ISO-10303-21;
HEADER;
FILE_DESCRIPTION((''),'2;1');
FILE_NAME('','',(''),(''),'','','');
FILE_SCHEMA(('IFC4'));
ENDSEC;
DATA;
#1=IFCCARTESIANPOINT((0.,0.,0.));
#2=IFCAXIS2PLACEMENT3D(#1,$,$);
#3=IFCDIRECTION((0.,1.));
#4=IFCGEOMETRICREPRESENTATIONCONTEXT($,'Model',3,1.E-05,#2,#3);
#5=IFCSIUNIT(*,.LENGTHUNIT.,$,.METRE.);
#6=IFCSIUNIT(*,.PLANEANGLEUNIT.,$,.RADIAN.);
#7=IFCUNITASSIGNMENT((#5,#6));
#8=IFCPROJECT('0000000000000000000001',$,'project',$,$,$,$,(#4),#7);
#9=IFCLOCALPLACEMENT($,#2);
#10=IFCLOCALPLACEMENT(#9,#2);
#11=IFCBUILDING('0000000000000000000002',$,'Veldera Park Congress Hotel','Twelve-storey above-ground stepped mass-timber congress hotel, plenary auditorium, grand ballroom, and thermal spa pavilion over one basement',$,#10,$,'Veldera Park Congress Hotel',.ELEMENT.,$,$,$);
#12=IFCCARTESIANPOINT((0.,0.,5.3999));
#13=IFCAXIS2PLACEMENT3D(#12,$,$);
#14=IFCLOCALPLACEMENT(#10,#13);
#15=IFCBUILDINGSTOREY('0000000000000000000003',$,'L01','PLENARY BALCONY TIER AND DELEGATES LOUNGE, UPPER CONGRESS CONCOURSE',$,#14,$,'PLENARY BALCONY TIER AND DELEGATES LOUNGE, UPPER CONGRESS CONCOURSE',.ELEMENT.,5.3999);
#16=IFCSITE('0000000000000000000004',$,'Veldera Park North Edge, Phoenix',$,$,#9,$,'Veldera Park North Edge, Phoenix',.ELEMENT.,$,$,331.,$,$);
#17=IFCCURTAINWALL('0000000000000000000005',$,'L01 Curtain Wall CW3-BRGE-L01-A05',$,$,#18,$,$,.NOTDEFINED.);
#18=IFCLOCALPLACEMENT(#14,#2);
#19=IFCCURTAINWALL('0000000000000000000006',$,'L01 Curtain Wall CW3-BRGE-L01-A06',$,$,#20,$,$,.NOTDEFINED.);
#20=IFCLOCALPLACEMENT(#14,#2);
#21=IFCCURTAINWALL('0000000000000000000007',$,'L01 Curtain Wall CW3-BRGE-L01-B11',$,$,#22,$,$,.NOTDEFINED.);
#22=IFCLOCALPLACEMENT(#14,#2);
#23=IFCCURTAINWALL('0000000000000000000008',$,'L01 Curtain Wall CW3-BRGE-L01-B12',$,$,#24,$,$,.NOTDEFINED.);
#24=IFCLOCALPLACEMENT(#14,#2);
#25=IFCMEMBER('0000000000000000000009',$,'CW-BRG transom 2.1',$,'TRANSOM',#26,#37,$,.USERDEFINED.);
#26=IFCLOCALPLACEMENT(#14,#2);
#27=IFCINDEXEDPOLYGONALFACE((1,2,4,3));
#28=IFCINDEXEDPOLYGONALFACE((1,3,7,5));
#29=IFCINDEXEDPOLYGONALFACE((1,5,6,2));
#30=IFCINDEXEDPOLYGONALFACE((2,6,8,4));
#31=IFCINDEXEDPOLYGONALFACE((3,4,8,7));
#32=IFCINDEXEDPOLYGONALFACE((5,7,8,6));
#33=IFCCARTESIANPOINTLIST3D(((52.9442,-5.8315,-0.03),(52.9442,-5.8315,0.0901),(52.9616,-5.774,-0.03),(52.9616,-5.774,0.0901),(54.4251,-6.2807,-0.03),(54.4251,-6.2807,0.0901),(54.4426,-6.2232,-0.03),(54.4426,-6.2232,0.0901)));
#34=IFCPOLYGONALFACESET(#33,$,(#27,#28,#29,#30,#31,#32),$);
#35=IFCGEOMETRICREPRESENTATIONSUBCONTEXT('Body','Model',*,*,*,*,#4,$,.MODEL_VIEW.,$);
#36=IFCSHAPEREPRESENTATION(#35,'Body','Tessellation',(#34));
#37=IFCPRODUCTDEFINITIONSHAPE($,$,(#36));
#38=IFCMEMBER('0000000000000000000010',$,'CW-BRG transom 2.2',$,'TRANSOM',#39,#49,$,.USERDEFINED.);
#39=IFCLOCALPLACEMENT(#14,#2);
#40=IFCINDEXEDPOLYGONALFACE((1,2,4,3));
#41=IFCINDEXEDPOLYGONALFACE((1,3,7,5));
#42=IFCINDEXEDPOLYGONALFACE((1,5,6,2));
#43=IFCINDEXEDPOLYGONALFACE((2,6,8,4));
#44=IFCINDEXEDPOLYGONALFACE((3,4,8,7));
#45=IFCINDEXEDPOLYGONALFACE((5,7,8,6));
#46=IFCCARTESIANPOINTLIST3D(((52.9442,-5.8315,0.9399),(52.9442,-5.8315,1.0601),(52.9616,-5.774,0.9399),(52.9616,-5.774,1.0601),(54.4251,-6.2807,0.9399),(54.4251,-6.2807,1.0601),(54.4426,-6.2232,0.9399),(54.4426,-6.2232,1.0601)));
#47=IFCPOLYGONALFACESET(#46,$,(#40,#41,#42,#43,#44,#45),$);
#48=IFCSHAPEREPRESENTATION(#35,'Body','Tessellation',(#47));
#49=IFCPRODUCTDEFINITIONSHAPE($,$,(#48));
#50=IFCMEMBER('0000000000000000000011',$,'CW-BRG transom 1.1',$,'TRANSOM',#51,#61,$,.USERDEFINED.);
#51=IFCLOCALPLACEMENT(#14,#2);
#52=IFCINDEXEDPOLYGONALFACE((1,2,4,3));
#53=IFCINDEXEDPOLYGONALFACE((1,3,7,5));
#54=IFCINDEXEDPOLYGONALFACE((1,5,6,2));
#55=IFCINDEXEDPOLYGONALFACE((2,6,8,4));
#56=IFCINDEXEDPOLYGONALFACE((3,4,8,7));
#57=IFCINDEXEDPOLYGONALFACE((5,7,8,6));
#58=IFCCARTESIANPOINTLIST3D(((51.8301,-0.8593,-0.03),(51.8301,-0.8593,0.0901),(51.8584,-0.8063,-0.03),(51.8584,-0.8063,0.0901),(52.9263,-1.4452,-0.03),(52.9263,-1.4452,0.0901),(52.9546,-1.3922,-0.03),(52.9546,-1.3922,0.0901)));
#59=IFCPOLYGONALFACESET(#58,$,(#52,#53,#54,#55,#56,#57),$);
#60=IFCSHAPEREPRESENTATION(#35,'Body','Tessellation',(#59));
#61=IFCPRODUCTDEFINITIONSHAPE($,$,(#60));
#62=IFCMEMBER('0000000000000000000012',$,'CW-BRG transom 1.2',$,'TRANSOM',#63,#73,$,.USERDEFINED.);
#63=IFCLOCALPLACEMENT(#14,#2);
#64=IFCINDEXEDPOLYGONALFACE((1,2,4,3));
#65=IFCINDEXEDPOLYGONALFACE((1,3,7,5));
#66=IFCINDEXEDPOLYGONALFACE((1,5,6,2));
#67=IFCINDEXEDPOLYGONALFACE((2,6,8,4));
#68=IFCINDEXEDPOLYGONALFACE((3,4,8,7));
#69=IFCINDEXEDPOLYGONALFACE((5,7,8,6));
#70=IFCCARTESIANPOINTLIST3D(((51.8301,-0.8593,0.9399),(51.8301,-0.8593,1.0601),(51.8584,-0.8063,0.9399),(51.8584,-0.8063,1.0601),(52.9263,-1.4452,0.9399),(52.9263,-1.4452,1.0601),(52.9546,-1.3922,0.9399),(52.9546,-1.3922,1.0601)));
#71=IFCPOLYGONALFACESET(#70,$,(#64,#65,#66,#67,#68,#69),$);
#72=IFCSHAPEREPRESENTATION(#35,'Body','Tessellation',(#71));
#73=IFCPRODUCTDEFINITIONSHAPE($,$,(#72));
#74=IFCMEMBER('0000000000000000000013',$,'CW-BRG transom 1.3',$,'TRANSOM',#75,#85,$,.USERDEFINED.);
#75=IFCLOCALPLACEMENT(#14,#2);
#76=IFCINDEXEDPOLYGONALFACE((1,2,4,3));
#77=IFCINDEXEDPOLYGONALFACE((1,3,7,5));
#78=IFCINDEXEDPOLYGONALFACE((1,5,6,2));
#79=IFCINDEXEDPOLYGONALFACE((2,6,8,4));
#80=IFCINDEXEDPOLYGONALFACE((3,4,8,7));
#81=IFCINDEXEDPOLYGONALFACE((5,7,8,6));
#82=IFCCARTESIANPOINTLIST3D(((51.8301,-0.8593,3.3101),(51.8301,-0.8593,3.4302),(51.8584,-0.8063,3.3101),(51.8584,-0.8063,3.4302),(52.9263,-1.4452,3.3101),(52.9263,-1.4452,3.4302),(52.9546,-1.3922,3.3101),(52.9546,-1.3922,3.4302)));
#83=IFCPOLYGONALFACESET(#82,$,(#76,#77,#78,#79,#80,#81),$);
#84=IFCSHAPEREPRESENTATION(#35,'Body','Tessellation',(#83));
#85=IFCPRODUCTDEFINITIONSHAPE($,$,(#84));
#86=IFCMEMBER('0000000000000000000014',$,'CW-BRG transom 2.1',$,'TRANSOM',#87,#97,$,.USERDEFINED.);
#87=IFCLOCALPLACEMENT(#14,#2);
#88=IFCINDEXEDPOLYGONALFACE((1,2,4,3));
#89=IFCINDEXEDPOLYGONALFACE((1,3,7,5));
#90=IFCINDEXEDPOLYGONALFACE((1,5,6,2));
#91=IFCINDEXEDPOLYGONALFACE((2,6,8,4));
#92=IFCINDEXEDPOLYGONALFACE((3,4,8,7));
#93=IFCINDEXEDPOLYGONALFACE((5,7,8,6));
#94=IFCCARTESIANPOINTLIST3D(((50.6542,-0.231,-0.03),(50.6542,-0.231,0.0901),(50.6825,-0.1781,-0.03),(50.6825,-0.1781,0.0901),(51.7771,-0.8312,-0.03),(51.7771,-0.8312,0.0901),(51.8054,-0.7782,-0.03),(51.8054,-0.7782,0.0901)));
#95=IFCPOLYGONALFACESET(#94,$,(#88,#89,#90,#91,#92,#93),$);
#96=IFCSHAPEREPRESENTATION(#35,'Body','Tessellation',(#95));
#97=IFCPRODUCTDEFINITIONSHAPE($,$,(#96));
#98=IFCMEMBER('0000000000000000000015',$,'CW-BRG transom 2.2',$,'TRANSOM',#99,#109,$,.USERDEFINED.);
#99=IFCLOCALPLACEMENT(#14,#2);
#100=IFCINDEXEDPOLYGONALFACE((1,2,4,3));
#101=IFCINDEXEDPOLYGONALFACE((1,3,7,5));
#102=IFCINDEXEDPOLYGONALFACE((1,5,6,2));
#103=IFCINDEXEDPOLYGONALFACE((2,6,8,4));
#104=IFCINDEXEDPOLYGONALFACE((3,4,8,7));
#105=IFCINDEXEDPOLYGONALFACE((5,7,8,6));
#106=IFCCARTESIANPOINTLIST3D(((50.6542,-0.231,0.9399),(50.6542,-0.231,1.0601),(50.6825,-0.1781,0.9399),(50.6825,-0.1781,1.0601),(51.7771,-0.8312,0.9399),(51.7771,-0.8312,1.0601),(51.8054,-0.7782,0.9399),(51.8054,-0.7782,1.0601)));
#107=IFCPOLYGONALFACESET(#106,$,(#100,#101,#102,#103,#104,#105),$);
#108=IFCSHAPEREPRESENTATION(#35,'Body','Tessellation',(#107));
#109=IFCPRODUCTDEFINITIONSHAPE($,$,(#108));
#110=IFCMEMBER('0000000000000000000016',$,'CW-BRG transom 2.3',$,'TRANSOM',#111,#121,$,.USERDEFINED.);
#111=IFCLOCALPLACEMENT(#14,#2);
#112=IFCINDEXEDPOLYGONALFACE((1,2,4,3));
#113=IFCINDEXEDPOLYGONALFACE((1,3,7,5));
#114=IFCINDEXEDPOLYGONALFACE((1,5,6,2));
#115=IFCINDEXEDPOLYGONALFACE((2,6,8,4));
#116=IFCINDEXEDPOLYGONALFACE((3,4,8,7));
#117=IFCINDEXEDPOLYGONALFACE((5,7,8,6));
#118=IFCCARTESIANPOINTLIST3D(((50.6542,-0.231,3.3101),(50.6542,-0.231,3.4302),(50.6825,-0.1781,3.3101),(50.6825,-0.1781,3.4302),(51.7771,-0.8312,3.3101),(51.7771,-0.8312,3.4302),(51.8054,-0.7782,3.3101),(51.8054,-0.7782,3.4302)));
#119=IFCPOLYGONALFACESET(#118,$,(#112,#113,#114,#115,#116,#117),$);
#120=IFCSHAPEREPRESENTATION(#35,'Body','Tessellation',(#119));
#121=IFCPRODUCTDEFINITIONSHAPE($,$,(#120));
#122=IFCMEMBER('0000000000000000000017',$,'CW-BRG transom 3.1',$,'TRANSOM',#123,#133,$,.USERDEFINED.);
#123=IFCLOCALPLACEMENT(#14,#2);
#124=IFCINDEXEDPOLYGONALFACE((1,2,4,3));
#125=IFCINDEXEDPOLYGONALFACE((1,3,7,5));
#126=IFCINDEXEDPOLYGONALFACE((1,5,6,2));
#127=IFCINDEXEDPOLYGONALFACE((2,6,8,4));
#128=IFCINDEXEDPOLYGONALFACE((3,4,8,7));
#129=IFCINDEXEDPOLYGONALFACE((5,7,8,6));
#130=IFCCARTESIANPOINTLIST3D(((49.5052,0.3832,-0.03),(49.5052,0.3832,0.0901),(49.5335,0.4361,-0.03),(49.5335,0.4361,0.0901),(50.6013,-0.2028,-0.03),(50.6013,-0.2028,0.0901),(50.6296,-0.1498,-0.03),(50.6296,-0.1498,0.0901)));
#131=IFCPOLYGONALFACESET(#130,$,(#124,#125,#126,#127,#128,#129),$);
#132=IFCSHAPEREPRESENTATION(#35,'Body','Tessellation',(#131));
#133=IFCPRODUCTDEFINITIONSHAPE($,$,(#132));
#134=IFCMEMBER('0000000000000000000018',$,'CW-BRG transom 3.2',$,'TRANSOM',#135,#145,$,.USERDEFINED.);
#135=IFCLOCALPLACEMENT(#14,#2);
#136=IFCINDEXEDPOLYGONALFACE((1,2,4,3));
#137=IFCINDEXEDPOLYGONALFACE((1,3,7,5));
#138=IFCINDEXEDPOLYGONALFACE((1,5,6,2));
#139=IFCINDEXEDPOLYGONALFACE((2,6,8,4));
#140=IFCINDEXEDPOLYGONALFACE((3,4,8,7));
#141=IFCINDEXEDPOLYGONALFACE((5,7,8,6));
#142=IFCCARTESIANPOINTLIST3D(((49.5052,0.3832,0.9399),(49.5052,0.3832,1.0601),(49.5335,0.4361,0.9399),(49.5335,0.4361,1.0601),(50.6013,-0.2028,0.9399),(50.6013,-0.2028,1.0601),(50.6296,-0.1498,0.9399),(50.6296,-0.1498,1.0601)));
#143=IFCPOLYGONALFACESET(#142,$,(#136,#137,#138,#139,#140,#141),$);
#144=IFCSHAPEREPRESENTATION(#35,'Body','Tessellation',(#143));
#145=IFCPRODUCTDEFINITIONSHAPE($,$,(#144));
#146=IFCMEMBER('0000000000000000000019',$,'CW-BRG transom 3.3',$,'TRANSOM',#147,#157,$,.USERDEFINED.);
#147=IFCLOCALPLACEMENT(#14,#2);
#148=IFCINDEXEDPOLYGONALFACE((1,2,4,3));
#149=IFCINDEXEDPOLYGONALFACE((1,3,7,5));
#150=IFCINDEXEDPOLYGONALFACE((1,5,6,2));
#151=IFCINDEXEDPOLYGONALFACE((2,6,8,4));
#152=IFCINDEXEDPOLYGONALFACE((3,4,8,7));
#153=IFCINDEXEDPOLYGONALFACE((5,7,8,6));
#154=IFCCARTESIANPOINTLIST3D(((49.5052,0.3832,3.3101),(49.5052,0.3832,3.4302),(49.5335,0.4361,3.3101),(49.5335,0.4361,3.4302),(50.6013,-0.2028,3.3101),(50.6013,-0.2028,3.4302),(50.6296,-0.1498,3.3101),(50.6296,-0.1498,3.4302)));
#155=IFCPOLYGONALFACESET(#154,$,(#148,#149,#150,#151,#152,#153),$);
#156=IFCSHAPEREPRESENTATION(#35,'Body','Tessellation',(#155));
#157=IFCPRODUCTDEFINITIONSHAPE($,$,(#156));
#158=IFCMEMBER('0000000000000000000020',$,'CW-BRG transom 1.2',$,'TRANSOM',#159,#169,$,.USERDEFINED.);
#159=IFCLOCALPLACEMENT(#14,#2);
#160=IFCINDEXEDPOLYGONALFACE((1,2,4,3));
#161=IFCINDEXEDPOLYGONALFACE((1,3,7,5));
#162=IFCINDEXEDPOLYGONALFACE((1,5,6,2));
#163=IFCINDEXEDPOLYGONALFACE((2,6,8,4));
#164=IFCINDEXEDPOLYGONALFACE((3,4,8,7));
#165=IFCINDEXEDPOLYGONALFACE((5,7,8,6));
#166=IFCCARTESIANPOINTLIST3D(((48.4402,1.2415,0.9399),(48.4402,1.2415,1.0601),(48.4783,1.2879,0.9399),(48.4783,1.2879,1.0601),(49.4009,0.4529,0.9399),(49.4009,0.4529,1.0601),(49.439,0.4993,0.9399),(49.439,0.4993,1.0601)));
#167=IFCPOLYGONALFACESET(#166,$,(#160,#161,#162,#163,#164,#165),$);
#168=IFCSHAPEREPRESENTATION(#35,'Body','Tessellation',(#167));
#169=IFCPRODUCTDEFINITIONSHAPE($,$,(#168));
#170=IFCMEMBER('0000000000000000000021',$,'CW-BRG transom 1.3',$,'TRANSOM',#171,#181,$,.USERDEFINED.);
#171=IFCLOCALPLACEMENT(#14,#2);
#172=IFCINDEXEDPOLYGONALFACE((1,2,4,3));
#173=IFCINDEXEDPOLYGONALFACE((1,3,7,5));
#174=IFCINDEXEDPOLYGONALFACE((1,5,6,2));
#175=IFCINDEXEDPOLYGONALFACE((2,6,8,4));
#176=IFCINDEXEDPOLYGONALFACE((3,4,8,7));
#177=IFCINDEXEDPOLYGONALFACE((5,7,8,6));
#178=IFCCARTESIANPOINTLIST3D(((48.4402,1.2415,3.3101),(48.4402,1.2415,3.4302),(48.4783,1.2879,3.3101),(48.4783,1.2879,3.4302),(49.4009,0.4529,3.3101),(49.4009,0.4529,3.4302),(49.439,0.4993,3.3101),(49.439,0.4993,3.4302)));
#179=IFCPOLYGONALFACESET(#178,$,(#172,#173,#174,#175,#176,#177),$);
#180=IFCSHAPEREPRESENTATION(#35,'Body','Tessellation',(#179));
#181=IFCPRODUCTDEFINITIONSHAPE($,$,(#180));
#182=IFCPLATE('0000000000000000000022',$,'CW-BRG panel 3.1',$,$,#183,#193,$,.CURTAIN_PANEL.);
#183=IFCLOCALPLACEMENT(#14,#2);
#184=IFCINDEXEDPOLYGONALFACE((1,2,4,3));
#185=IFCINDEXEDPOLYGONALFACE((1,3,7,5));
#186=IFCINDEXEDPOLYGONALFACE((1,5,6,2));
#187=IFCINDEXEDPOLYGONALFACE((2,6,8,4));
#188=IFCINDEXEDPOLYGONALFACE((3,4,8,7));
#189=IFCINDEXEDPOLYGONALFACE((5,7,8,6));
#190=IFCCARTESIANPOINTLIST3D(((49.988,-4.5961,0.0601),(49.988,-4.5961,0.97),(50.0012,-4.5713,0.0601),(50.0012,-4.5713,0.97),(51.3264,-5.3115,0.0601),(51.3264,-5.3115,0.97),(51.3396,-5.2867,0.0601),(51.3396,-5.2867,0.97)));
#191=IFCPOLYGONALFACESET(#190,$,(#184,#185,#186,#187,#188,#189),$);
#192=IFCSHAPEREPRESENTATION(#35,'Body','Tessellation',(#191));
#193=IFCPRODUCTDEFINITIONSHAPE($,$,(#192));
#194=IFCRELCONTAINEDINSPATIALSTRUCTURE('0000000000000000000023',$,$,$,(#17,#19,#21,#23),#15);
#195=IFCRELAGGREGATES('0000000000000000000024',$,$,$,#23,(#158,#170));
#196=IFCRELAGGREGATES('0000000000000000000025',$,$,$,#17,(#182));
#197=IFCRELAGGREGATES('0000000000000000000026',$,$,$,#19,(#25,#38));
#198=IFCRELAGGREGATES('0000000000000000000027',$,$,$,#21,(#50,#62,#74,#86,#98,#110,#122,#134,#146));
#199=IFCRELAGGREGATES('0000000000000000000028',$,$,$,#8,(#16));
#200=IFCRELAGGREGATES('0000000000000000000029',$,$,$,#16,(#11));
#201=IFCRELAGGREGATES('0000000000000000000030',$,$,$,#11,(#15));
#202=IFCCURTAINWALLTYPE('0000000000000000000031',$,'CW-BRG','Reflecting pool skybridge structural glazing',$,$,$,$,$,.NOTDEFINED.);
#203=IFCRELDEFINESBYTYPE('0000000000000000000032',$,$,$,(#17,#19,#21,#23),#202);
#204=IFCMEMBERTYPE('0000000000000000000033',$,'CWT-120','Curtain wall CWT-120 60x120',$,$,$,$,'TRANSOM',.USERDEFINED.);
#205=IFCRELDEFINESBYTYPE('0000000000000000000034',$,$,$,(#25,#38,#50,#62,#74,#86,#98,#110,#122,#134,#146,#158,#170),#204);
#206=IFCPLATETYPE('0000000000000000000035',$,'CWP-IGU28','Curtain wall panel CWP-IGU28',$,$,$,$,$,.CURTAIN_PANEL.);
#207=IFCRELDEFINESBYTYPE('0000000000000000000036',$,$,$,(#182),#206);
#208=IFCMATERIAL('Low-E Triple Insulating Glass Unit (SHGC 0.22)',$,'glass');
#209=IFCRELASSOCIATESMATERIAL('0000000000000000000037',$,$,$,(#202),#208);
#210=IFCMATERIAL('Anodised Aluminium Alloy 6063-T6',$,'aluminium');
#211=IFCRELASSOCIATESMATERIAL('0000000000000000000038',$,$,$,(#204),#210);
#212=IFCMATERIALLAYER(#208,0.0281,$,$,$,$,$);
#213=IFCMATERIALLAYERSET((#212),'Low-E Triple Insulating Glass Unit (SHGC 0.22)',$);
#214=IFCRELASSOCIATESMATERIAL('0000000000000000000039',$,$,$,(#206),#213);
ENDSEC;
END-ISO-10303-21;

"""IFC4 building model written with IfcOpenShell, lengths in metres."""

from ifc_helpers import new_model, si_unit, direction, frame, origin, origin_2d, place, context, subcontext, project, spatial, rectangle, extrude, material, layer, layer_set, material_profile, profile_set, type_object, element, aggregate, save


model = new_model("IFC4")

# Units and contexts
model_context = context("Model", 3, precision=1e-05, world=origin(), true_north=direction((0.0, 1.0)))
body_context = subcontext(model_context, "Body", "Model", "MODEL_VIEW")
ifc_project = project(units=[si_unit("LENGTHUNIT", "METRE"), si_unit("PLANEANGLEUNIT", "RADIAN")], contexts=[model_context])

# Site, building, storey
site_placement = place(None, origin())
site = spatial("IfcSite", under=ifc_project, at=site_placement, Name="Veldera Park North Edge, Phoenix", LongName="Veldera Park North Edge, Phoenix", CompositionType="ELEMENT", RefElevation=331.0)
building_placement = place(site_placement, origin())
building = spatial("IfcBuilding", under=site, at=building_placement, Name="Veldera Park Congress Hotel", Description="Twelve-storey above-ground stepped mass-timber congress hotel, plenary auditorium, grand ballroom, and thermal spa pavilion over one basement", LongName="Veldera Park Congress Hotel", CompositionType="ELEMENT")
storey_placement = place(building_placement, frame((0.0, 0.0, 5.3999)))
storey = spatial("IfcBuildingStorey", under=building, at=storey_placement, Name="L01", Description="PLENARY BALCONY TIER AND DELEGATES LOUNGE, UPPER CONGRESS CONCOURSE", LongName="PLENARY BALCONY TIER AND DELEGATES LOUNGE, UPPER CONGRESS CONCOURSE", CompositionType="ELEMENT", Elevation=5.3999)

# Curtain walls
ifc_material_1 = material(Name="Low-E Triple Insulating Glass Unit (SHGC 0.22)", Category="glass")
curtain_wall_type = type_object("IfcCurtainWallType", Name="CW-BRG", Description="Reflecting pool skybridge structural glazing", PredefinedType="NOTDEFINED", material=ifc_material_1)
curtain_wall_1_placement = place(storey_placement, origin())
curtain_wall_1 = element("IfcCurtainWall", 1, at=curtain_wall_1_placement, inside=storey, type_object=curtain_wall_type, Name="L01 Curtain Wall CW3-BRGE-L01-A05", PredefinedType="NOTDEFINED")
ifc_material_2 = material(Name="Anodised Aluminium Alloy 6063-T6", Category="aluminium")
curtain_wall_2_placement = place(storey_placement, origin())
curtain_wall_2 = element("IfcCurtainWall", 2, at=curtain_wall_2_placement, inside=storey, type_object=curtain_wall_type, Name="L01 Curtain Wall CW3-BRGE-L01-A06", PredefinedType="NOTDEFINED")
curtain_wall_3_placement = place(storey_placement, origin())
curtain_wall_3 = element("IfcCurtainWall", 3, at=curtain_wall_3_placement, inside=storey, type_object=curtain_wall_type, Name="L01 Curtain Wall CW3-BRGE-L01-B11", PredefinedType="NOTDEFINED")

# Curtain wall
curtain_wall_4_placement = place(storey_placement, origin())
curtain_wall_4 = element("IfcCurtainWall", 4, at=curtain_wall_4_placement, inside=storey, type_object=curtain_wall_type, Name="L01 Curtain Wall CW3-BRGE-L01-B12", PredefinedType="NOTDEFINED")

# Members
ifc_material_profile_1 = material_profile(ifc_material_2, rectangle(XDim=0.0601, YDim=0.1201, at=origin_2d()), Name="ALU 60x120")
ifc_profile_set_1 = profile_set([ifc_material_profile_1], Name="Anodised Aluminium Alloy 6063-T6")
member_type_1 = type_object("IfcMemberType", Name="CWT-120", Description="Curtain wall CWT-120 60x120", ElementType="TRANSOM", PredefinedType="USERDEFINED", material=ifc_profile_set_1)
member_1_placement = place(storey_placement, frame((52.9529, -5.8027, 0.03), z_axis=(0.956945, -0.29027, 0.0), x_axis=(0.29027, 0.956945, 0.0)))
member_1 = element("IfcMember", 5, at=member_1_placement, type_object=member_type_1, Name="CW-BRG transom 2.1", ObjectType="TRANSOM", PredefinedType="USERDEFINED", context=body_context, shape_type="SweptSolid", body=[
    extrude(rectangle(XDim=0.0601, YDim=0.1201, at=origin_2d()), origin(), (0.0, 0.0, 1.0), 1.5476),
])
member_2_placement = place(storey_placement, frame((52.9529, -5.8027, 1.0), z_axis=(0.956945, -0.29027, 0.0), x_axis=(0.29027, 0.956945, 0.0)))
member_2 = element("IfcMember", 6, at=member_2_placement, type_object=member_type_1, Name="CW-BRG transom 2.2", ObjectType="TRANSOM", PredefinedType="USERDEFINED", context=body_context, shape_type="SweptSolid", body=[
    extrude(rectangle(XDim=0.0601, YDim=0.1201, at=origin_2d()), origin(), (0.0, 0.0, 1.0), 1.5476),
])
member_3_placement = place(storey_placement, frame((52.9404, -1.4187, 0.03), z_axis=(-0.881918, 0.471404, 0.0), x_axis=(-0.471404, -0.881918, 0.0)))
member_3 = element("IfcMember", 7, at=member_3_placement, type_object=member_type_1, Name="CW-BRG transom 1.1", ObjectType="TRANSOM", PredefinedType="USERDEFINED", context=body_context, shape_type="SweptSolid", body=[
    extrude(rectangle(XDim=0.0601, YDim=0.1201, at=origin_2d()), origin(), (0.0, 0.0, 1.0), 1.2429),
])
member_4_placement = place(storey_placement, frame((52.9404, -1.4187, 1.0), z_axis=(-0.881918, 0.471404, 0.0), x_axis=(-0.471404, -0.881918, 0.0)))
member_4 = element("IfcMember", 8, at=member_4_placement, type_object=member_type_1, Name="CW-BRG transom 1.2", ObjectType="TRANSOM", PredefinedType="USERDEFINED", context=body_context, shape_type="SweptSolid", body=[
    extrude(rectangle(XDim=0.0601, YDim=0.1201, at=origin_2d()), origin(), (0.0, 0.0, 1.0), 1.2429),
])
member_5_placement = place(storey_placement, frame((52.9404, -1.4187, 3.3701), z_axis=(-0.881918, 0.471404, 0.0), x_axis=(-0.471404, -0.881918, 0.0)))
member_5 = element("IfcMember", 9, at=member_5_placement, type_object=member_type_1, Name="CW-BRG transom 1.3", ObjectType="TRANSOM", PredefinedType="USERDEFINED", context=body_context, shape_type="SweptSolid", body=[
    extrude(rectangle(XDim=0.0601, YDim=0.1201, at=origin_2d()), origin(), (0.0, 0.0, 1.0), 1.2429),
])
member_6_placement = place(storey_placement, frame((51.7913, -0.8047, 0.03), z_axis=(-0.881939, 0.471364, 0.0), x_axis=(-0.471364, -0.881939, 0.0)))
member_6 = element("IfcMember", 10, at=member_6_placement, type_object=member_type_1, Name="CW-BRG transom 2.1", ObjectType="TRANSOM", PredefinedType="USERDEFINED", context=body_context, shape_type="SweptSolid", body=[
    extrude(rectangle(XDim=0.0601, YDim=0.1201, at=origin_2d()), origin(), (0.0, 0.0, 1.0), 1.2732),
])
member_7_placement = place(storey_placement, frame((51.7913, -0.8047, 1.0), z_axis=(-0.881939, 0.471364, 0.0), x_axis=(-0.471364, -0.881939, 0.0)))
member_7 = element("IfcMember", 11, at=member_7_placement, type_object=member_type_1, Name="CW-BRG transom 2.2", ObjectType="TRANSOM", PredefinedType="USERDEFINED", context=body_context, shape_type="SweptSolid", body=[
    extrude(rectangle(XDim=0.0601, YDim=0.1201, at=origin_2d()), origin(), (0.0, 0.0, 1.0), 1.2732),
])
member_8_placement = place(storey_placement, frame((51.7913, -0.8047, 3.3701), z_axis=(-0.881939, 0.471364, 0.0), x_axis=(-0.471364, -0.881939, 0.0)))
member_8 = element("IfcMember", 12, at=member_8_placement, type_object=member_type_1, Name="CW-BRG transom 2.3", ObjectType="TRANSOM", PredefinedType="USERDEFINED", context=body_context, shape_type="SweptSolid", body=[
    extrude(rectangle(XDim=0.0601, YDim=0.1201, at=origin_2d()), origin(), (0.0, 0.0, 1.0), 1.2732),
])
member_9_placement = place(storey_placement, frame((50.6155, -0.1763, 0.03), z_axis=(-0.881918, 0.471404, 0.0), x_axis=(-0.471404, -0.881918, 0.0)))
member_9 = element("IfcMember", 13, at=member_9_placement, type_object=member_type_1, Name="CW-BRG transom 3.1", ObjectType="TRANSOM", PredefinedType="USERDEFINED", context=body_context, shape_type="SweptSolid", body=[
    extrude(rectangle(XDim=0.0601, YDim=0.1201, at=origin_2d()), origin(), (0.0, 0.0, 1.0), 1.2429),
])
member_10_placement = place(storey_placement, frame((50.6155, -0.1763, 1.0), z_axis=(-0.881918, 0.471404, 0.0), x_axis=(-0.471404, -0.881918, 0.0)))
member_10 = element("IfcMember", 14, at=member_10_placement, type_object=member_type_1, Name="CW-BRG transom 3.2", ObjectType="TRANSOM", PredefinedType="USERDEFINED", context=body_context, shape_type="SweptSolid", body=[
    extrude(rectangle(XDim=0.0601, YDim=0.1201, at=origin_2d()), origin(), (0.0, 0.0, 1.0), 1.2429),
])
member_11_placement = place(storey_placement, frame((50.6155, -0.1763, 3.3701), z_axis=(-0.881918, 0.471404, 0.0), x_axis=(-0.471404, -0.881918, 0.0)))
member_11 = element("IfcMember", 15, at=member_11_placement, type_object=member_type_1, Name="CW-BRG transom 3.3", ObjectType="TRANSOM", PredefinedType="USERDEFINED", context=body_context, shape_type="SweptSolid", body=[
    extrude(rectangle(XDim=0.0601, YDim=0.1201, at=origin_2d()), origin(), (0.0, 0.0, 1.0), 1.2429),
])
member_12_placement = place(storey_placement, frame((49.4199, 0.4761, 1.0), z_axis=(-0.77295, 0.634467, 0.0), x_axis=(-0.634467, -0.77295, 0.0)))
member_12 = element("IfcMember", 16, at=member_12_placement, type_object=member_type_1, Name="CW-BRG transom 1.2", ObjectType="TRANSOM", PredefinedType="USERDEFINED", context=body_context, shape_type="SweptSolid", body=[
    extrude(rectangle(XDim=0.0601, YDim=0.1201, at=origin_2d()), origin(), (0.0, 0.0, 1.0), 1.2429),
])
member_13_placement = place(storey_placement, frame((49.4199, 0.4761, 3.3701), z_axis=(-0.77295, 0.634467, 0.0), x_axis=(-0.634467, -0.77295, 0.0)))
member_13 = element("IfcMember", 17, at=member_13_placement, type_object=member_type_1, Name="CW-BRG transom 1.3", ObjectType="TRANSOM", PredefinedType="USERDEFINED", context=body_context, shape_type="SweptSolid", body=[
    extrude(rectangle(XDim=0.0601, YDim=0.1201, at=origin_2d()), origin(), (0.0, 0.0, 1.0), 1.2429),
])
aggregate(curtain_wall_4, [member_12, member_13])

# Plate
ifc_layer = layer(ifc_material_1, 0.0281)
ifc_layer_set = layer_set([ifc_layer], Name="Low-E Triple Insulating Glass Unit (SHGC 0.22)")
plate_type = type_object("IfcPlateType", Name="CWP-IGU28", Description="Curtain wall panel CWP-IGU28", PredefinedType="CURTAIN_PANEL", material=ifc_layer_set)
plate_1_placement = place(storey_placement, frame((50.6638, -4.9414, 0.0601), z_axis=(0.0, 0.0, 1.0), x_axis=(0.881928, -0.471385, 0.0)))
plate_1 = element("IfcPlate", 18, at=plate_1_placement, type_object=plate_type, Name="CW-BRG panel 3.1", PredefinedType="CURTAIN_PANEL", context=body_context, shape_type="SweptSolid", body=[
    extrude(rectangle(XDim=1.5176, YDim=0.0281, at=origin_2d()), origin(), (0.0, 0.0, 1.0), 0.9099),
])
aggregate(curtain_wall_1, [plate_1])
aggregate(curtain_wall_2, [member_1, member_2])
aggregate(curtain_wall_3, [member_3, member_4, member_5, member_6, member_7, member_8, member_9, member_10, member_11])

save(model, "model.ifc")
